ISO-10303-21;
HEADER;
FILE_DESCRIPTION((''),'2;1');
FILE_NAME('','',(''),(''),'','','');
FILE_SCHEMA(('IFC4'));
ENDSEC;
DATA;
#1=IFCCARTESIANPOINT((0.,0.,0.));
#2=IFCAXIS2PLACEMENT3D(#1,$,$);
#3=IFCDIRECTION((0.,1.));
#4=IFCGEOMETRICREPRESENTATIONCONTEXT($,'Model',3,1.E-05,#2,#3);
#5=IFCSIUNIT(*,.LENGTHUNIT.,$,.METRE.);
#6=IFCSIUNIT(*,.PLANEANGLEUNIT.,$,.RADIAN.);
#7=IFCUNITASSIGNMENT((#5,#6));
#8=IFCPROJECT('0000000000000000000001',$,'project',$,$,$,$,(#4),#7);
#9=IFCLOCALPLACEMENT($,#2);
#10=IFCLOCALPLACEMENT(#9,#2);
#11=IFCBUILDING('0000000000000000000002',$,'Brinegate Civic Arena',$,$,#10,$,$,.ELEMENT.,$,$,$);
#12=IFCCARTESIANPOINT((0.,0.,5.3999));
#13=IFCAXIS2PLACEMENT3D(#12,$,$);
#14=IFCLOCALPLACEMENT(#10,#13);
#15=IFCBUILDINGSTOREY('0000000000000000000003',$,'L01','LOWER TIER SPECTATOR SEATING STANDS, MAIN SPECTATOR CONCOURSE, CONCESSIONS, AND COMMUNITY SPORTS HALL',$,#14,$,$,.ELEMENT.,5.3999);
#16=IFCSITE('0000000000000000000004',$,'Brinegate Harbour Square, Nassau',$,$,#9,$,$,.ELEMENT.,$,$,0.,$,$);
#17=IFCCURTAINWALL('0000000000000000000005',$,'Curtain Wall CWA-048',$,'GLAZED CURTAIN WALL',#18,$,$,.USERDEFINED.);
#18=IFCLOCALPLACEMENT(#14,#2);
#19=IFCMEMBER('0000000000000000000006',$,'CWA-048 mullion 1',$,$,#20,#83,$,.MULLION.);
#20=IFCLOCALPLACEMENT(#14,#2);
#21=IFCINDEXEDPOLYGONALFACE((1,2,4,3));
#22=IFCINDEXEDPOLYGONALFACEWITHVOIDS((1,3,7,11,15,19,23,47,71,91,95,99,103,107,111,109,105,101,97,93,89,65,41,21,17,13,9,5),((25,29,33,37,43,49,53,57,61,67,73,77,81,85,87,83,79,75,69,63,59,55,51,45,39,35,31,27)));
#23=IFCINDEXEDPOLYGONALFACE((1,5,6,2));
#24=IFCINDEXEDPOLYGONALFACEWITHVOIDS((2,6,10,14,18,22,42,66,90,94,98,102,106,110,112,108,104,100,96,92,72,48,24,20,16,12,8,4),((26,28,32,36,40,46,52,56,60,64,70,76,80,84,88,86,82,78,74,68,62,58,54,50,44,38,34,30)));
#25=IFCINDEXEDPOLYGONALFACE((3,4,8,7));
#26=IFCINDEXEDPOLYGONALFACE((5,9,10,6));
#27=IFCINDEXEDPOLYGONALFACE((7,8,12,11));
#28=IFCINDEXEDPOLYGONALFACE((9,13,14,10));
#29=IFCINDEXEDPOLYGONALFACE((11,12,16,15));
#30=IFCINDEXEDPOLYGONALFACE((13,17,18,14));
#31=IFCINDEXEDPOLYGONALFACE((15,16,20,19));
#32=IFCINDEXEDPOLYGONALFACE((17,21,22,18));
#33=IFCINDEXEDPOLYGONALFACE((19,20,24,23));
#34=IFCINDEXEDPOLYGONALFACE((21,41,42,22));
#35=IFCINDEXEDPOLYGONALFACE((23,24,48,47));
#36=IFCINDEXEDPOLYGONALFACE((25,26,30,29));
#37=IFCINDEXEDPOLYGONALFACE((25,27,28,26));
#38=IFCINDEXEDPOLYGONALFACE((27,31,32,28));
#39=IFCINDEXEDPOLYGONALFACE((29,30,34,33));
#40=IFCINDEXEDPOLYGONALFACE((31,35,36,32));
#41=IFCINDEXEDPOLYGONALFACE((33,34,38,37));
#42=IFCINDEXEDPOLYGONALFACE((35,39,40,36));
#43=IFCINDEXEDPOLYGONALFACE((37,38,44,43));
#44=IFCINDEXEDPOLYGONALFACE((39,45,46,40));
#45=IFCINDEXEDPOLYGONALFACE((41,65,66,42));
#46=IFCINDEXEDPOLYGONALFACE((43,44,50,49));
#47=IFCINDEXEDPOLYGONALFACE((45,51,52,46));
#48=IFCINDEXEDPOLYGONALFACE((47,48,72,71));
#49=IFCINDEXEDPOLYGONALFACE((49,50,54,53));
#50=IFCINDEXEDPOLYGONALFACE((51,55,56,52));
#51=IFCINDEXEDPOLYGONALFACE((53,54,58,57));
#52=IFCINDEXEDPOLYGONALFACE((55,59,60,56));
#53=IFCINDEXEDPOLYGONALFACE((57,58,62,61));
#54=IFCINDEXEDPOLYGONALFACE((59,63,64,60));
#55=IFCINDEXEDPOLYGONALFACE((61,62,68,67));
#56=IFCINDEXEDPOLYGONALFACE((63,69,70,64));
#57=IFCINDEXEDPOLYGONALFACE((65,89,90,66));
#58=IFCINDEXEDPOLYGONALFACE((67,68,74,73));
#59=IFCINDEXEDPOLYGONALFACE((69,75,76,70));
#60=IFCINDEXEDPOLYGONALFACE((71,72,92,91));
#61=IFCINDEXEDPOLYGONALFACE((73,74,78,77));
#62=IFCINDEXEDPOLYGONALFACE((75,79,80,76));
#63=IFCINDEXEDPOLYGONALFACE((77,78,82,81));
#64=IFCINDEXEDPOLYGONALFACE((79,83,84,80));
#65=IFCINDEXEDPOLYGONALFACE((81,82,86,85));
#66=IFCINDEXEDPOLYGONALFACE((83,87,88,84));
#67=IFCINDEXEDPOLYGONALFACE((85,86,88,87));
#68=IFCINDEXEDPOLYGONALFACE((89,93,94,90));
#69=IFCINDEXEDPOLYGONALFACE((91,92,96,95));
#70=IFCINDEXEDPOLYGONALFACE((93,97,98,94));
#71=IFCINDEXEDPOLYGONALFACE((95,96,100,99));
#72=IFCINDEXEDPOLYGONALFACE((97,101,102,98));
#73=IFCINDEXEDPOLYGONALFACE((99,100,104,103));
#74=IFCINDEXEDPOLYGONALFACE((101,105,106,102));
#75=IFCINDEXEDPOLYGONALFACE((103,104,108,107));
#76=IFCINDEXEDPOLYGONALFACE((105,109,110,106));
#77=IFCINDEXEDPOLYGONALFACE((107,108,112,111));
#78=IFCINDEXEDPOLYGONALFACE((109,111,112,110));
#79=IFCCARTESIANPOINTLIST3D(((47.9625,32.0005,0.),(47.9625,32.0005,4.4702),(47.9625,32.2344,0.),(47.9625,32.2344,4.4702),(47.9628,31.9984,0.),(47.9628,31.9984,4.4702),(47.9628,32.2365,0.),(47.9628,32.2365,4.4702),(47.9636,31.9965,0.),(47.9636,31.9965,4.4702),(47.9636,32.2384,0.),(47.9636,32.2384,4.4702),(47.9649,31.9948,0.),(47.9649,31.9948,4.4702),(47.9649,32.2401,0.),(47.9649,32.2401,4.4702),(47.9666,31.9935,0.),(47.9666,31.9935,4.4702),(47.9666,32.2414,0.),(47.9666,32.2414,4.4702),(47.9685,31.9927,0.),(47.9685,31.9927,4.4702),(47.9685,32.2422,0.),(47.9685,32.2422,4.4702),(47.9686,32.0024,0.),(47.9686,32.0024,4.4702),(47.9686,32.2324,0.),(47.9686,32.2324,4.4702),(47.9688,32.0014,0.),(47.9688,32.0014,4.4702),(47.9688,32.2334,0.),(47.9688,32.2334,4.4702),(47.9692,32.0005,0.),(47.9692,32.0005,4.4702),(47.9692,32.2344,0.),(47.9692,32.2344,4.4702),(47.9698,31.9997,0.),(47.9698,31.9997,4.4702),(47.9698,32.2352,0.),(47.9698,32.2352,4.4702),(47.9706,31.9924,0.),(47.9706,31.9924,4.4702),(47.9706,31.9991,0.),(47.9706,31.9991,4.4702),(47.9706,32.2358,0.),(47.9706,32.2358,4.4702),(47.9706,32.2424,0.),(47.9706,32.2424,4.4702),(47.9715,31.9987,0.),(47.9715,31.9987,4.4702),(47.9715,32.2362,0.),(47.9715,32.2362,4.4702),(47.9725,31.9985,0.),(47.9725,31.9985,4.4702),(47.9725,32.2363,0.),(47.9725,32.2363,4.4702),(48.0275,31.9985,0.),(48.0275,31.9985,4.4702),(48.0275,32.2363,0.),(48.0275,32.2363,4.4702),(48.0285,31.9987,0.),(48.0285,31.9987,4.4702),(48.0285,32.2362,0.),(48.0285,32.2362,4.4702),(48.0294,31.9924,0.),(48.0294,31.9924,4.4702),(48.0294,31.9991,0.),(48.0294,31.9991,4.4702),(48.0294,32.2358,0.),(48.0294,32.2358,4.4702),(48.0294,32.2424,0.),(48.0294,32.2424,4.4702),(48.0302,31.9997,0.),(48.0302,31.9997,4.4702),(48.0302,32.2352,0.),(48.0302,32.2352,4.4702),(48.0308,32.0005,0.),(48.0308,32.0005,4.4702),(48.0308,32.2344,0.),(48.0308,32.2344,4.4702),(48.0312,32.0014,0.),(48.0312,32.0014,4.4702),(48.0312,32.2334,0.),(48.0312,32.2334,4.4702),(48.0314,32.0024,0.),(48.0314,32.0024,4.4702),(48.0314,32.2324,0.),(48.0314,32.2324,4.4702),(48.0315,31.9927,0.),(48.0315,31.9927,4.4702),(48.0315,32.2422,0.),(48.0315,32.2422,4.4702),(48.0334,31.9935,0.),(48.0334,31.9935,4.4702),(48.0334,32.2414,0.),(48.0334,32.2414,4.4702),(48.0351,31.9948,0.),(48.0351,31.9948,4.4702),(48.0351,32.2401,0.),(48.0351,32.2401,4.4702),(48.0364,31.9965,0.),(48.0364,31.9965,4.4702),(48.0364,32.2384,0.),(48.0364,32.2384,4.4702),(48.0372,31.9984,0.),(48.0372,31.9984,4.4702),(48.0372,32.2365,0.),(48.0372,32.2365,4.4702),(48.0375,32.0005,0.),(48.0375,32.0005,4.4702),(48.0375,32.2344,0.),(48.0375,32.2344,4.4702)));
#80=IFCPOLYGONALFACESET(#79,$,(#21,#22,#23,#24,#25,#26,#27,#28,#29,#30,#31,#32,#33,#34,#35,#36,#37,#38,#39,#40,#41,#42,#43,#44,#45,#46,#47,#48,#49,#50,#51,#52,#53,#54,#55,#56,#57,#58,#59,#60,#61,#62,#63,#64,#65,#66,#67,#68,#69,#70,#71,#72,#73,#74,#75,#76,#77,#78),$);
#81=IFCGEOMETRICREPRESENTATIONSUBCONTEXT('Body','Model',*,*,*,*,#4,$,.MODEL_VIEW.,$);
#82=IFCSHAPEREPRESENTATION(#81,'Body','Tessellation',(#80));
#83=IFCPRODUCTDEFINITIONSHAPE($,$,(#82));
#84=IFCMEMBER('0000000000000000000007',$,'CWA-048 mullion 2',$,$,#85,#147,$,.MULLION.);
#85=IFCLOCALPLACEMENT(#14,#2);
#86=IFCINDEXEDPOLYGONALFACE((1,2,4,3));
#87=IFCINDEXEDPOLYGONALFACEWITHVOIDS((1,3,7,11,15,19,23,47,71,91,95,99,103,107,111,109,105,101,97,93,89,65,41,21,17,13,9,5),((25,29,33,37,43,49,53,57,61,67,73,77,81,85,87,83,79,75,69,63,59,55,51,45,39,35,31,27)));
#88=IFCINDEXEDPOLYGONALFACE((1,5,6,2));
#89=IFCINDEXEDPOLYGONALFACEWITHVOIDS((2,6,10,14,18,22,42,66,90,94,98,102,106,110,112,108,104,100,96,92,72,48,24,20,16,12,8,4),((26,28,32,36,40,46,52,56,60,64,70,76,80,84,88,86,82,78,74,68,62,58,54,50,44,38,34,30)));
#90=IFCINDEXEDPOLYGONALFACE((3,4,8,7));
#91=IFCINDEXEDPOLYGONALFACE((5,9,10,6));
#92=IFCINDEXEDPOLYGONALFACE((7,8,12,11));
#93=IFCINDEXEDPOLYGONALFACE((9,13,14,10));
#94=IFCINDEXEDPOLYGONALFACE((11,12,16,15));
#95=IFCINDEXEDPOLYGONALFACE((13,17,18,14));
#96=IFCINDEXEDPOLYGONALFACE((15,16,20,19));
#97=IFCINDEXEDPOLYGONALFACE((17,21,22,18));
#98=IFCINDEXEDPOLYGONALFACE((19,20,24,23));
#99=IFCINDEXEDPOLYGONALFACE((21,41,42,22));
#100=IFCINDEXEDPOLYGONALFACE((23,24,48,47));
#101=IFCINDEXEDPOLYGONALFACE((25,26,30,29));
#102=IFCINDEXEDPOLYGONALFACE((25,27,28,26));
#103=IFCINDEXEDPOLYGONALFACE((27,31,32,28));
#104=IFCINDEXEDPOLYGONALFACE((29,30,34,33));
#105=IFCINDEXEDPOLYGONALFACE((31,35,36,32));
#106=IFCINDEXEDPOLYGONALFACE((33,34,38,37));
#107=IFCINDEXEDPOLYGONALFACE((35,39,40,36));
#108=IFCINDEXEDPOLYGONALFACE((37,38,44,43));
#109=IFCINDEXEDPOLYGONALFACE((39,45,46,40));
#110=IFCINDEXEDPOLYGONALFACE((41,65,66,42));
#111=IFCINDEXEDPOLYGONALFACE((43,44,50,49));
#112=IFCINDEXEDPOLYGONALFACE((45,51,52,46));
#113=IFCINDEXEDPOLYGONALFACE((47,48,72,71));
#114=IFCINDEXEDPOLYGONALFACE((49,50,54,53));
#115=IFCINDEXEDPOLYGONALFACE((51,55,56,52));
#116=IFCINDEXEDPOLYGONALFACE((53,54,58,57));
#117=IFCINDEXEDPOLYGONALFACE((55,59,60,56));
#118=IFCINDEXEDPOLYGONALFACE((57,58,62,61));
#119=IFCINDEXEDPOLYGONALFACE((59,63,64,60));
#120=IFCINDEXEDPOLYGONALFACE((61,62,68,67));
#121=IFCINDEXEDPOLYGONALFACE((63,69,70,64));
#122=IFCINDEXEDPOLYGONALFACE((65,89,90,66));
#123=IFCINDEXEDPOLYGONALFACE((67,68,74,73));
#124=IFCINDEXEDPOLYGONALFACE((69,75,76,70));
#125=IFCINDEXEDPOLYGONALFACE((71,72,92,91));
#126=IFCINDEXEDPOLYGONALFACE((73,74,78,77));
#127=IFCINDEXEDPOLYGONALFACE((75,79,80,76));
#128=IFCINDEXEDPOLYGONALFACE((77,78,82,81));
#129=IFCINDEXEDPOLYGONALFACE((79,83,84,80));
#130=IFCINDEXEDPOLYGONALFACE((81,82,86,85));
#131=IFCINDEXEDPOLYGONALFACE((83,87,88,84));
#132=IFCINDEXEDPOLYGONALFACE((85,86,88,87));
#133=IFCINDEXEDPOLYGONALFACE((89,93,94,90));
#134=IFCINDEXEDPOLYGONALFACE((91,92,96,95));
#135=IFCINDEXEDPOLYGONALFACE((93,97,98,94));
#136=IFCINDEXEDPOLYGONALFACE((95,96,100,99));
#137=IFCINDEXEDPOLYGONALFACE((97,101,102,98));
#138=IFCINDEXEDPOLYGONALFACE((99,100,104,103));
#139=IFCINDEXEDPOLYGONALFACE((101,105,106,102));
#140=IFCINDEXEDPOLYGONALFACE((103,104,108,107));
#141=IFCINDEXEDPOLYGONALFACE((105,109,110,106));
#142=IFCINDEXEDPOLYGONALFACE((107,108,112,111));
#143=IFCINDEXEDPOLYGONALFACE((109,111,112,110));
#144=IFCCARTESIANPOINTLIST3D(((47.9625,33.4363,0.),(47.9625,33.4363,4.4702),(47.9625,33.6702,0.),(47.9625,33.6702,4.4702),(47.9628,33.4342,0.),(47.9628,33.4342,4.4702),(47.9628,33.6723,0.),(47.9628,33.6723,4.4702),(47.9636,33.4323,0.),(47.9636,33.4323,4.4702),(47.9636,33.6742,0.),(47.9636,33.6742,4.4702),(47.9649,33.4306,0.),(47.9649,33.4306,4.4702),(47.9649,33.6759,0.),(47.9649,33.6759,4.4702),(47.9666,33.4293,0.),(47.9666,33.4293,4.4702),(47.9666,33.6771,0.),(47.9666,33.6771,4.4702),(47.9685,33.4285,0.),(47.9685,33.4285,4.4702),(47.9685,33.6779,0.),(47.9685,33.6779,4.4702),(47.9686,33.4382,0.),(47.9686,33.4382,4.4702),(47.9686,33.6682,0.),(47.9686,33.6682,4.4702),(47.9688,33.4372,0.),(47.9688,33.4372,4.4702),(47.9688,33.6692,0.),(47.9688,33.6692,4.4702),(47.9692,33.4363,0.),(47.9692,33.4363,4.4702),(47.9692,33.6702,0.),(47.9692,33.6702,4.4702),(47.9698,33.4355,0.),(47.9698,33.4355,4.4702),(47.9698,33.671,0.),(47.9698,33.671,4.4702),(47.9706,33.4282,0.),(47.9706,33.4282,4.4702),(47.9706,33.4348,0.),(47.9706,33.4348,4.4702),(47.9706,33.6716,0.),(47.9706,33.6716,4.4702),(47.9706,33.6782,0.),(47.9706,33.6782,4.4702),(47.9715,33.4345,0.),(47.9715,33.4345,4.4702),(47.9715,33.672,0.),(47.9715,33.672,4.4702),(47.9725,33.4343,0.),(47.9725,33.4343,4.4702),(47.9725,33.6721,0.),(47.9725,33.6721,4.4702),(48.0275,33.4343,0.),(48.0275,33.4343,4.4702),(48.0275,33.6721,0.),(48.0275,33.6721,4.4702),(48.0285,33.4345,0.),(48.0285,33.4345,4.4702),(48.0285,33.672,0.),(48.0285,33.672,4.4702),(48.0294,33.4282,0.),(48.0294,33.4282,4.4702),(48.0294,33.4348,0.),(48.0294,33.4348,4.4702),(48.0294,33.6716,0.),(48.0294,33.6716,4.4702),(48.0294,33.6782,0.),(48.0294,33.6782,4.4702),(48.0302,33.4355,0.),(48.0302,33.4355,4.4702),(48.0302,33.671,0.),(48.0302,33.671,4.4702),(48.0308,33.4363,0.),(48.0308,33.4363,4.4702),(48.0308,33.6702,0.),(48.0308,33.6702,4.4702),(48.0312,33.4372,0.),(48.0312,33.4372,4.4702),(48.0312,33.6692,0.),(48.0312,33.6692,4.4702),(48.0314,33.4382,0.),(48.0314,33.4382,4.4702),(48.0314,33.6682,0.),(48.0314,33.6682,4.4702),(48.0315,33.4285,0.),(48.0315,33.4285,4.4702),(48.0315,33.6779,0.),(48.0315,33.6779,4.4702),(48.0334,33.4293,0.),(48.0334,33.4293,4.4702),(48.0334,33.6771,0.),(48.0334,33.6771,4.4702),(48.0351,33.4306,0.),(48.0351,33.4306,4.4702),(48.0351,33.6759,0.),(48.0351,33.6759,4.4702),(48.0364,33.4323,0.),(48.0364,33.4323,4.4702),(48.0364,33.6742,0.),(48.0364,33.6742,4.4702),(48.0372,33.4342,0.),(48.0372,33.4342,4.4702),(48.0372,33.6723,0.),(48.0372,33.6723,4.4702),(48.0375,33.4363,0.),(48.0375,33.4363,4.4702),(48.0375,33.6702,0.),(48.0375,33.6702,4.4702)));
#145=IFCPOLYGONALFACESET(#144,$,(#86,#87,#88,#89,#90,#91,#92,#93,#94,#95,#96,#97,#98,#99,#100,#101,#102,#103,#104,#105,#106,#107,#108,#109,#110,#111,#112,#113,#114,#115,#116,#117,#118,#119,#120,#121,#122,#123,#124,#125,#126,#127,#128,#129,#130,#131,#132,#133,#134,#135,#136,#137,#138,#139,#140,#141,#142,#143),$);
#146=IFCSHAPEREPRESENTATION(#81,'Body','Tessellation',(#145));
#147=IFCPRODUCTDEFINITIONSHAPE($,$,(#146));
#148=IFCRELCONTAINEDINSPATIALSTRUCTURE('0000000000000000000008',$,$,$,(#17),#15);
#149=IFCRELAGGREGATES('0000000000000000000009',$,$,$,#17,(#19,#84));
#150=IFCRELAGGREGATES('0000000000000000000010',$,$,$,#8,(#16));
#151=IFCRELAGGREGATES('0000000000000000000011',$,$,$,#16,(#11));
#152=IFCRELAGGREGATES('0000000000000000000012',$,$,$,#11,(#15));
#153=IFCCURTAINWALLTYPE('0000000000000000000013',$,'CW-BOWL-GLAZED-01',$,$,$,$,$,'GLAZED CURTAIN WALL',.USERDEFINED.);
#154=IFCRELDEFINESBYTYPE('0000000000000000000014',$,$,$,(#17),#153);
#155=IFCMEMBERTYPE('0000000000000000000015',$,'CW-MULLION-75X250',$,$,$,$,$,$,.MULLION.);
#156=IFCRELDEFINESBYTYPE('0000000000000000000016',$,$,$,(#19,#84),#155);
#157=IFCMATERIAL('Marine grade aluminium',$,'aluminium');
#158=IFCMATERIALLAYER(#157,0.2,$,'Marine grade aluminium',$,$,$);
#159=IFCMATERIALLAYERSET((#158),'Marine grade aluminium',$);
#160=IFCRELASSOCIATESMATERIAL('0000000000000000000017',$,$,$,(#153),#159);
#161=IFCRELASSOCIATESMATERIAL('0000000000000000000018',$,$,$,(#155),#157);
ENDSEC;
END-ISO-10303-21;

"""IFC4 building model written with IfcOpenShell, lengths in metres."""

from ifc_helpers import new_model, si_unit, direction, frame, origin, origin_2d, place, context, subcontext, project, spatial, hollow_rectangle, extrude, material, layer, layer_set, material_profile, profile_set, type_object, element, aggregate, save


model = new_model("IFC4")

# Units and contexts
model_context = context("Model", 3, precision=1e-05, world=origin(), true_north=direction((0.0, 1.0)))
body_context = subcontext(model_context, "Body", "Model", "MODEL_VIEW")
ifc_project = project(units=[si_unit("LENGTHUNIT", "METRE"), si_unit("PLANEANGLEUNIT", "RADIAN")], contexts=[model_context])

# Site, building, storey
site_placement = place(None, origin())
site = spatial("IfcSite", under=ifc_project, at=site_placement, Name="Brinegate Harbour Square, Nassau", CompositionType="ELEMENT", RefElevation=0.0)
building_placement = place(site_placement, origin())
building = spatial("IfcBuilding", under=site, at=building_placement, Name="Brinegate Civic Arena", CompositionType="ELEMENT")
storey_placement = place(building_placement, frame((0.0, 0.0, 5.3999)))
storey = spatial("IfcBuildingStorey", under=building, at=storey_placement, Name="L01", Description="LOWER TIER SPECTATOR SEATING STANDS, MAIN SPECTATOR CONCOURSE, CONCESSIONS, AND COMMUNITY SPORTS HALL", CompositionType="ELEMENT", Elevation=5.3999)

# Curtain wall, members
ifc_material_1 = material(Name="Marine grade aluminium", Category="aluminium")
ifc_layer_1 = layer(ifc_material_1, 0.2, Name="Marine grade aluminium")
ifc_layer_set_1 = layer_set([ifc_layer_1], Name="Marine grade aluminium")
curtain_wall_type = type_object("IfcCurtainWallType", Name="CW-BOWL-GLAZED-01", ElementType="GLAZED CURTAIN WALL", PredefinedType="USERDEFINED", material=ifc_layer_set_1)
curtain_wall_1_placement = place(storey_placement, origin())
curtain_wall_1 = element("IfcCurtainWall", 1, at=curtain_wall_1_placement, inside=storey, type_object=curtain_wall_type, Name="Curtain Wall CWA-048", ObjectType="GLAZED CURTAIN WALL", PredefinedType="USERDEFINED")
ifc_material_profile_1 = material_profile(ifc_material_1, hollow_rectangle(XDim=0.075, YDim=0.25, WallThickness=0.0061, InnerFilletRadius=0.0039, OuterFilletRadius=0.0081, at=origin_2d()), Name="MUL75X250")
ifc_profile_set_1 = profile_set([ifc_material_profile_1], Name="Marine grade aluminium")
member_type_1 = type_object("IfcMemberType", Name="CW-MULLION-75X250", PredefinedType="MULLION", material=ifc_profile_set_1)
member_1_placement = place(storey_placement, frame((48.0, 32.1174, 0.0), z_axis=(0.0, 0.0, 1.0), x_axis=(-1.0, 0.0, 0.0)))
member_1 = element("IfcMember", 2, at=member_1_placement, type_object=member_type_1, Name="CWA-048 mullion 1", PredefinedType="MULLION", context=body_context, shape_type="SweptSolid", body=[
    extrude(hollow_rectangle(XDim=0.075, YDim=0.25, WallThickness=0.0061, InnerFilletRadius=0.0039, OuterFilletRadius=0.0081, at=origin_2d()), origin(), (0.0, 0.0, 1.0), 4.4702),
])
member_2_placement = place(storey_placement, frame((48.0, 33.5532, 0.0), z_axis=(0.0, 0.0, 1.0), x_axis=(-1.0, 0.0, 0.0)))
member_2 = element("IfcMember", 3, at=member_2_placement, type_object=member_type_1, Name="CWA-048 mullion 2", PredefinedType="MULLION", context=body_context, shape_type="SweptSolid", body=[
    extrude(hollow_rectangle(XDim=0.075, YDim=0.25, WallThickness=0.0061, InnerFilletRadius=0.0039, OuterFilletRadius=0.0081, at=origin_2d()), origin(), (0.0, 0.0, 1.0), 4.4702),
])

aggregate(curtain_wall_1, [member_1, member_2])

save(model, "model.ifc")
